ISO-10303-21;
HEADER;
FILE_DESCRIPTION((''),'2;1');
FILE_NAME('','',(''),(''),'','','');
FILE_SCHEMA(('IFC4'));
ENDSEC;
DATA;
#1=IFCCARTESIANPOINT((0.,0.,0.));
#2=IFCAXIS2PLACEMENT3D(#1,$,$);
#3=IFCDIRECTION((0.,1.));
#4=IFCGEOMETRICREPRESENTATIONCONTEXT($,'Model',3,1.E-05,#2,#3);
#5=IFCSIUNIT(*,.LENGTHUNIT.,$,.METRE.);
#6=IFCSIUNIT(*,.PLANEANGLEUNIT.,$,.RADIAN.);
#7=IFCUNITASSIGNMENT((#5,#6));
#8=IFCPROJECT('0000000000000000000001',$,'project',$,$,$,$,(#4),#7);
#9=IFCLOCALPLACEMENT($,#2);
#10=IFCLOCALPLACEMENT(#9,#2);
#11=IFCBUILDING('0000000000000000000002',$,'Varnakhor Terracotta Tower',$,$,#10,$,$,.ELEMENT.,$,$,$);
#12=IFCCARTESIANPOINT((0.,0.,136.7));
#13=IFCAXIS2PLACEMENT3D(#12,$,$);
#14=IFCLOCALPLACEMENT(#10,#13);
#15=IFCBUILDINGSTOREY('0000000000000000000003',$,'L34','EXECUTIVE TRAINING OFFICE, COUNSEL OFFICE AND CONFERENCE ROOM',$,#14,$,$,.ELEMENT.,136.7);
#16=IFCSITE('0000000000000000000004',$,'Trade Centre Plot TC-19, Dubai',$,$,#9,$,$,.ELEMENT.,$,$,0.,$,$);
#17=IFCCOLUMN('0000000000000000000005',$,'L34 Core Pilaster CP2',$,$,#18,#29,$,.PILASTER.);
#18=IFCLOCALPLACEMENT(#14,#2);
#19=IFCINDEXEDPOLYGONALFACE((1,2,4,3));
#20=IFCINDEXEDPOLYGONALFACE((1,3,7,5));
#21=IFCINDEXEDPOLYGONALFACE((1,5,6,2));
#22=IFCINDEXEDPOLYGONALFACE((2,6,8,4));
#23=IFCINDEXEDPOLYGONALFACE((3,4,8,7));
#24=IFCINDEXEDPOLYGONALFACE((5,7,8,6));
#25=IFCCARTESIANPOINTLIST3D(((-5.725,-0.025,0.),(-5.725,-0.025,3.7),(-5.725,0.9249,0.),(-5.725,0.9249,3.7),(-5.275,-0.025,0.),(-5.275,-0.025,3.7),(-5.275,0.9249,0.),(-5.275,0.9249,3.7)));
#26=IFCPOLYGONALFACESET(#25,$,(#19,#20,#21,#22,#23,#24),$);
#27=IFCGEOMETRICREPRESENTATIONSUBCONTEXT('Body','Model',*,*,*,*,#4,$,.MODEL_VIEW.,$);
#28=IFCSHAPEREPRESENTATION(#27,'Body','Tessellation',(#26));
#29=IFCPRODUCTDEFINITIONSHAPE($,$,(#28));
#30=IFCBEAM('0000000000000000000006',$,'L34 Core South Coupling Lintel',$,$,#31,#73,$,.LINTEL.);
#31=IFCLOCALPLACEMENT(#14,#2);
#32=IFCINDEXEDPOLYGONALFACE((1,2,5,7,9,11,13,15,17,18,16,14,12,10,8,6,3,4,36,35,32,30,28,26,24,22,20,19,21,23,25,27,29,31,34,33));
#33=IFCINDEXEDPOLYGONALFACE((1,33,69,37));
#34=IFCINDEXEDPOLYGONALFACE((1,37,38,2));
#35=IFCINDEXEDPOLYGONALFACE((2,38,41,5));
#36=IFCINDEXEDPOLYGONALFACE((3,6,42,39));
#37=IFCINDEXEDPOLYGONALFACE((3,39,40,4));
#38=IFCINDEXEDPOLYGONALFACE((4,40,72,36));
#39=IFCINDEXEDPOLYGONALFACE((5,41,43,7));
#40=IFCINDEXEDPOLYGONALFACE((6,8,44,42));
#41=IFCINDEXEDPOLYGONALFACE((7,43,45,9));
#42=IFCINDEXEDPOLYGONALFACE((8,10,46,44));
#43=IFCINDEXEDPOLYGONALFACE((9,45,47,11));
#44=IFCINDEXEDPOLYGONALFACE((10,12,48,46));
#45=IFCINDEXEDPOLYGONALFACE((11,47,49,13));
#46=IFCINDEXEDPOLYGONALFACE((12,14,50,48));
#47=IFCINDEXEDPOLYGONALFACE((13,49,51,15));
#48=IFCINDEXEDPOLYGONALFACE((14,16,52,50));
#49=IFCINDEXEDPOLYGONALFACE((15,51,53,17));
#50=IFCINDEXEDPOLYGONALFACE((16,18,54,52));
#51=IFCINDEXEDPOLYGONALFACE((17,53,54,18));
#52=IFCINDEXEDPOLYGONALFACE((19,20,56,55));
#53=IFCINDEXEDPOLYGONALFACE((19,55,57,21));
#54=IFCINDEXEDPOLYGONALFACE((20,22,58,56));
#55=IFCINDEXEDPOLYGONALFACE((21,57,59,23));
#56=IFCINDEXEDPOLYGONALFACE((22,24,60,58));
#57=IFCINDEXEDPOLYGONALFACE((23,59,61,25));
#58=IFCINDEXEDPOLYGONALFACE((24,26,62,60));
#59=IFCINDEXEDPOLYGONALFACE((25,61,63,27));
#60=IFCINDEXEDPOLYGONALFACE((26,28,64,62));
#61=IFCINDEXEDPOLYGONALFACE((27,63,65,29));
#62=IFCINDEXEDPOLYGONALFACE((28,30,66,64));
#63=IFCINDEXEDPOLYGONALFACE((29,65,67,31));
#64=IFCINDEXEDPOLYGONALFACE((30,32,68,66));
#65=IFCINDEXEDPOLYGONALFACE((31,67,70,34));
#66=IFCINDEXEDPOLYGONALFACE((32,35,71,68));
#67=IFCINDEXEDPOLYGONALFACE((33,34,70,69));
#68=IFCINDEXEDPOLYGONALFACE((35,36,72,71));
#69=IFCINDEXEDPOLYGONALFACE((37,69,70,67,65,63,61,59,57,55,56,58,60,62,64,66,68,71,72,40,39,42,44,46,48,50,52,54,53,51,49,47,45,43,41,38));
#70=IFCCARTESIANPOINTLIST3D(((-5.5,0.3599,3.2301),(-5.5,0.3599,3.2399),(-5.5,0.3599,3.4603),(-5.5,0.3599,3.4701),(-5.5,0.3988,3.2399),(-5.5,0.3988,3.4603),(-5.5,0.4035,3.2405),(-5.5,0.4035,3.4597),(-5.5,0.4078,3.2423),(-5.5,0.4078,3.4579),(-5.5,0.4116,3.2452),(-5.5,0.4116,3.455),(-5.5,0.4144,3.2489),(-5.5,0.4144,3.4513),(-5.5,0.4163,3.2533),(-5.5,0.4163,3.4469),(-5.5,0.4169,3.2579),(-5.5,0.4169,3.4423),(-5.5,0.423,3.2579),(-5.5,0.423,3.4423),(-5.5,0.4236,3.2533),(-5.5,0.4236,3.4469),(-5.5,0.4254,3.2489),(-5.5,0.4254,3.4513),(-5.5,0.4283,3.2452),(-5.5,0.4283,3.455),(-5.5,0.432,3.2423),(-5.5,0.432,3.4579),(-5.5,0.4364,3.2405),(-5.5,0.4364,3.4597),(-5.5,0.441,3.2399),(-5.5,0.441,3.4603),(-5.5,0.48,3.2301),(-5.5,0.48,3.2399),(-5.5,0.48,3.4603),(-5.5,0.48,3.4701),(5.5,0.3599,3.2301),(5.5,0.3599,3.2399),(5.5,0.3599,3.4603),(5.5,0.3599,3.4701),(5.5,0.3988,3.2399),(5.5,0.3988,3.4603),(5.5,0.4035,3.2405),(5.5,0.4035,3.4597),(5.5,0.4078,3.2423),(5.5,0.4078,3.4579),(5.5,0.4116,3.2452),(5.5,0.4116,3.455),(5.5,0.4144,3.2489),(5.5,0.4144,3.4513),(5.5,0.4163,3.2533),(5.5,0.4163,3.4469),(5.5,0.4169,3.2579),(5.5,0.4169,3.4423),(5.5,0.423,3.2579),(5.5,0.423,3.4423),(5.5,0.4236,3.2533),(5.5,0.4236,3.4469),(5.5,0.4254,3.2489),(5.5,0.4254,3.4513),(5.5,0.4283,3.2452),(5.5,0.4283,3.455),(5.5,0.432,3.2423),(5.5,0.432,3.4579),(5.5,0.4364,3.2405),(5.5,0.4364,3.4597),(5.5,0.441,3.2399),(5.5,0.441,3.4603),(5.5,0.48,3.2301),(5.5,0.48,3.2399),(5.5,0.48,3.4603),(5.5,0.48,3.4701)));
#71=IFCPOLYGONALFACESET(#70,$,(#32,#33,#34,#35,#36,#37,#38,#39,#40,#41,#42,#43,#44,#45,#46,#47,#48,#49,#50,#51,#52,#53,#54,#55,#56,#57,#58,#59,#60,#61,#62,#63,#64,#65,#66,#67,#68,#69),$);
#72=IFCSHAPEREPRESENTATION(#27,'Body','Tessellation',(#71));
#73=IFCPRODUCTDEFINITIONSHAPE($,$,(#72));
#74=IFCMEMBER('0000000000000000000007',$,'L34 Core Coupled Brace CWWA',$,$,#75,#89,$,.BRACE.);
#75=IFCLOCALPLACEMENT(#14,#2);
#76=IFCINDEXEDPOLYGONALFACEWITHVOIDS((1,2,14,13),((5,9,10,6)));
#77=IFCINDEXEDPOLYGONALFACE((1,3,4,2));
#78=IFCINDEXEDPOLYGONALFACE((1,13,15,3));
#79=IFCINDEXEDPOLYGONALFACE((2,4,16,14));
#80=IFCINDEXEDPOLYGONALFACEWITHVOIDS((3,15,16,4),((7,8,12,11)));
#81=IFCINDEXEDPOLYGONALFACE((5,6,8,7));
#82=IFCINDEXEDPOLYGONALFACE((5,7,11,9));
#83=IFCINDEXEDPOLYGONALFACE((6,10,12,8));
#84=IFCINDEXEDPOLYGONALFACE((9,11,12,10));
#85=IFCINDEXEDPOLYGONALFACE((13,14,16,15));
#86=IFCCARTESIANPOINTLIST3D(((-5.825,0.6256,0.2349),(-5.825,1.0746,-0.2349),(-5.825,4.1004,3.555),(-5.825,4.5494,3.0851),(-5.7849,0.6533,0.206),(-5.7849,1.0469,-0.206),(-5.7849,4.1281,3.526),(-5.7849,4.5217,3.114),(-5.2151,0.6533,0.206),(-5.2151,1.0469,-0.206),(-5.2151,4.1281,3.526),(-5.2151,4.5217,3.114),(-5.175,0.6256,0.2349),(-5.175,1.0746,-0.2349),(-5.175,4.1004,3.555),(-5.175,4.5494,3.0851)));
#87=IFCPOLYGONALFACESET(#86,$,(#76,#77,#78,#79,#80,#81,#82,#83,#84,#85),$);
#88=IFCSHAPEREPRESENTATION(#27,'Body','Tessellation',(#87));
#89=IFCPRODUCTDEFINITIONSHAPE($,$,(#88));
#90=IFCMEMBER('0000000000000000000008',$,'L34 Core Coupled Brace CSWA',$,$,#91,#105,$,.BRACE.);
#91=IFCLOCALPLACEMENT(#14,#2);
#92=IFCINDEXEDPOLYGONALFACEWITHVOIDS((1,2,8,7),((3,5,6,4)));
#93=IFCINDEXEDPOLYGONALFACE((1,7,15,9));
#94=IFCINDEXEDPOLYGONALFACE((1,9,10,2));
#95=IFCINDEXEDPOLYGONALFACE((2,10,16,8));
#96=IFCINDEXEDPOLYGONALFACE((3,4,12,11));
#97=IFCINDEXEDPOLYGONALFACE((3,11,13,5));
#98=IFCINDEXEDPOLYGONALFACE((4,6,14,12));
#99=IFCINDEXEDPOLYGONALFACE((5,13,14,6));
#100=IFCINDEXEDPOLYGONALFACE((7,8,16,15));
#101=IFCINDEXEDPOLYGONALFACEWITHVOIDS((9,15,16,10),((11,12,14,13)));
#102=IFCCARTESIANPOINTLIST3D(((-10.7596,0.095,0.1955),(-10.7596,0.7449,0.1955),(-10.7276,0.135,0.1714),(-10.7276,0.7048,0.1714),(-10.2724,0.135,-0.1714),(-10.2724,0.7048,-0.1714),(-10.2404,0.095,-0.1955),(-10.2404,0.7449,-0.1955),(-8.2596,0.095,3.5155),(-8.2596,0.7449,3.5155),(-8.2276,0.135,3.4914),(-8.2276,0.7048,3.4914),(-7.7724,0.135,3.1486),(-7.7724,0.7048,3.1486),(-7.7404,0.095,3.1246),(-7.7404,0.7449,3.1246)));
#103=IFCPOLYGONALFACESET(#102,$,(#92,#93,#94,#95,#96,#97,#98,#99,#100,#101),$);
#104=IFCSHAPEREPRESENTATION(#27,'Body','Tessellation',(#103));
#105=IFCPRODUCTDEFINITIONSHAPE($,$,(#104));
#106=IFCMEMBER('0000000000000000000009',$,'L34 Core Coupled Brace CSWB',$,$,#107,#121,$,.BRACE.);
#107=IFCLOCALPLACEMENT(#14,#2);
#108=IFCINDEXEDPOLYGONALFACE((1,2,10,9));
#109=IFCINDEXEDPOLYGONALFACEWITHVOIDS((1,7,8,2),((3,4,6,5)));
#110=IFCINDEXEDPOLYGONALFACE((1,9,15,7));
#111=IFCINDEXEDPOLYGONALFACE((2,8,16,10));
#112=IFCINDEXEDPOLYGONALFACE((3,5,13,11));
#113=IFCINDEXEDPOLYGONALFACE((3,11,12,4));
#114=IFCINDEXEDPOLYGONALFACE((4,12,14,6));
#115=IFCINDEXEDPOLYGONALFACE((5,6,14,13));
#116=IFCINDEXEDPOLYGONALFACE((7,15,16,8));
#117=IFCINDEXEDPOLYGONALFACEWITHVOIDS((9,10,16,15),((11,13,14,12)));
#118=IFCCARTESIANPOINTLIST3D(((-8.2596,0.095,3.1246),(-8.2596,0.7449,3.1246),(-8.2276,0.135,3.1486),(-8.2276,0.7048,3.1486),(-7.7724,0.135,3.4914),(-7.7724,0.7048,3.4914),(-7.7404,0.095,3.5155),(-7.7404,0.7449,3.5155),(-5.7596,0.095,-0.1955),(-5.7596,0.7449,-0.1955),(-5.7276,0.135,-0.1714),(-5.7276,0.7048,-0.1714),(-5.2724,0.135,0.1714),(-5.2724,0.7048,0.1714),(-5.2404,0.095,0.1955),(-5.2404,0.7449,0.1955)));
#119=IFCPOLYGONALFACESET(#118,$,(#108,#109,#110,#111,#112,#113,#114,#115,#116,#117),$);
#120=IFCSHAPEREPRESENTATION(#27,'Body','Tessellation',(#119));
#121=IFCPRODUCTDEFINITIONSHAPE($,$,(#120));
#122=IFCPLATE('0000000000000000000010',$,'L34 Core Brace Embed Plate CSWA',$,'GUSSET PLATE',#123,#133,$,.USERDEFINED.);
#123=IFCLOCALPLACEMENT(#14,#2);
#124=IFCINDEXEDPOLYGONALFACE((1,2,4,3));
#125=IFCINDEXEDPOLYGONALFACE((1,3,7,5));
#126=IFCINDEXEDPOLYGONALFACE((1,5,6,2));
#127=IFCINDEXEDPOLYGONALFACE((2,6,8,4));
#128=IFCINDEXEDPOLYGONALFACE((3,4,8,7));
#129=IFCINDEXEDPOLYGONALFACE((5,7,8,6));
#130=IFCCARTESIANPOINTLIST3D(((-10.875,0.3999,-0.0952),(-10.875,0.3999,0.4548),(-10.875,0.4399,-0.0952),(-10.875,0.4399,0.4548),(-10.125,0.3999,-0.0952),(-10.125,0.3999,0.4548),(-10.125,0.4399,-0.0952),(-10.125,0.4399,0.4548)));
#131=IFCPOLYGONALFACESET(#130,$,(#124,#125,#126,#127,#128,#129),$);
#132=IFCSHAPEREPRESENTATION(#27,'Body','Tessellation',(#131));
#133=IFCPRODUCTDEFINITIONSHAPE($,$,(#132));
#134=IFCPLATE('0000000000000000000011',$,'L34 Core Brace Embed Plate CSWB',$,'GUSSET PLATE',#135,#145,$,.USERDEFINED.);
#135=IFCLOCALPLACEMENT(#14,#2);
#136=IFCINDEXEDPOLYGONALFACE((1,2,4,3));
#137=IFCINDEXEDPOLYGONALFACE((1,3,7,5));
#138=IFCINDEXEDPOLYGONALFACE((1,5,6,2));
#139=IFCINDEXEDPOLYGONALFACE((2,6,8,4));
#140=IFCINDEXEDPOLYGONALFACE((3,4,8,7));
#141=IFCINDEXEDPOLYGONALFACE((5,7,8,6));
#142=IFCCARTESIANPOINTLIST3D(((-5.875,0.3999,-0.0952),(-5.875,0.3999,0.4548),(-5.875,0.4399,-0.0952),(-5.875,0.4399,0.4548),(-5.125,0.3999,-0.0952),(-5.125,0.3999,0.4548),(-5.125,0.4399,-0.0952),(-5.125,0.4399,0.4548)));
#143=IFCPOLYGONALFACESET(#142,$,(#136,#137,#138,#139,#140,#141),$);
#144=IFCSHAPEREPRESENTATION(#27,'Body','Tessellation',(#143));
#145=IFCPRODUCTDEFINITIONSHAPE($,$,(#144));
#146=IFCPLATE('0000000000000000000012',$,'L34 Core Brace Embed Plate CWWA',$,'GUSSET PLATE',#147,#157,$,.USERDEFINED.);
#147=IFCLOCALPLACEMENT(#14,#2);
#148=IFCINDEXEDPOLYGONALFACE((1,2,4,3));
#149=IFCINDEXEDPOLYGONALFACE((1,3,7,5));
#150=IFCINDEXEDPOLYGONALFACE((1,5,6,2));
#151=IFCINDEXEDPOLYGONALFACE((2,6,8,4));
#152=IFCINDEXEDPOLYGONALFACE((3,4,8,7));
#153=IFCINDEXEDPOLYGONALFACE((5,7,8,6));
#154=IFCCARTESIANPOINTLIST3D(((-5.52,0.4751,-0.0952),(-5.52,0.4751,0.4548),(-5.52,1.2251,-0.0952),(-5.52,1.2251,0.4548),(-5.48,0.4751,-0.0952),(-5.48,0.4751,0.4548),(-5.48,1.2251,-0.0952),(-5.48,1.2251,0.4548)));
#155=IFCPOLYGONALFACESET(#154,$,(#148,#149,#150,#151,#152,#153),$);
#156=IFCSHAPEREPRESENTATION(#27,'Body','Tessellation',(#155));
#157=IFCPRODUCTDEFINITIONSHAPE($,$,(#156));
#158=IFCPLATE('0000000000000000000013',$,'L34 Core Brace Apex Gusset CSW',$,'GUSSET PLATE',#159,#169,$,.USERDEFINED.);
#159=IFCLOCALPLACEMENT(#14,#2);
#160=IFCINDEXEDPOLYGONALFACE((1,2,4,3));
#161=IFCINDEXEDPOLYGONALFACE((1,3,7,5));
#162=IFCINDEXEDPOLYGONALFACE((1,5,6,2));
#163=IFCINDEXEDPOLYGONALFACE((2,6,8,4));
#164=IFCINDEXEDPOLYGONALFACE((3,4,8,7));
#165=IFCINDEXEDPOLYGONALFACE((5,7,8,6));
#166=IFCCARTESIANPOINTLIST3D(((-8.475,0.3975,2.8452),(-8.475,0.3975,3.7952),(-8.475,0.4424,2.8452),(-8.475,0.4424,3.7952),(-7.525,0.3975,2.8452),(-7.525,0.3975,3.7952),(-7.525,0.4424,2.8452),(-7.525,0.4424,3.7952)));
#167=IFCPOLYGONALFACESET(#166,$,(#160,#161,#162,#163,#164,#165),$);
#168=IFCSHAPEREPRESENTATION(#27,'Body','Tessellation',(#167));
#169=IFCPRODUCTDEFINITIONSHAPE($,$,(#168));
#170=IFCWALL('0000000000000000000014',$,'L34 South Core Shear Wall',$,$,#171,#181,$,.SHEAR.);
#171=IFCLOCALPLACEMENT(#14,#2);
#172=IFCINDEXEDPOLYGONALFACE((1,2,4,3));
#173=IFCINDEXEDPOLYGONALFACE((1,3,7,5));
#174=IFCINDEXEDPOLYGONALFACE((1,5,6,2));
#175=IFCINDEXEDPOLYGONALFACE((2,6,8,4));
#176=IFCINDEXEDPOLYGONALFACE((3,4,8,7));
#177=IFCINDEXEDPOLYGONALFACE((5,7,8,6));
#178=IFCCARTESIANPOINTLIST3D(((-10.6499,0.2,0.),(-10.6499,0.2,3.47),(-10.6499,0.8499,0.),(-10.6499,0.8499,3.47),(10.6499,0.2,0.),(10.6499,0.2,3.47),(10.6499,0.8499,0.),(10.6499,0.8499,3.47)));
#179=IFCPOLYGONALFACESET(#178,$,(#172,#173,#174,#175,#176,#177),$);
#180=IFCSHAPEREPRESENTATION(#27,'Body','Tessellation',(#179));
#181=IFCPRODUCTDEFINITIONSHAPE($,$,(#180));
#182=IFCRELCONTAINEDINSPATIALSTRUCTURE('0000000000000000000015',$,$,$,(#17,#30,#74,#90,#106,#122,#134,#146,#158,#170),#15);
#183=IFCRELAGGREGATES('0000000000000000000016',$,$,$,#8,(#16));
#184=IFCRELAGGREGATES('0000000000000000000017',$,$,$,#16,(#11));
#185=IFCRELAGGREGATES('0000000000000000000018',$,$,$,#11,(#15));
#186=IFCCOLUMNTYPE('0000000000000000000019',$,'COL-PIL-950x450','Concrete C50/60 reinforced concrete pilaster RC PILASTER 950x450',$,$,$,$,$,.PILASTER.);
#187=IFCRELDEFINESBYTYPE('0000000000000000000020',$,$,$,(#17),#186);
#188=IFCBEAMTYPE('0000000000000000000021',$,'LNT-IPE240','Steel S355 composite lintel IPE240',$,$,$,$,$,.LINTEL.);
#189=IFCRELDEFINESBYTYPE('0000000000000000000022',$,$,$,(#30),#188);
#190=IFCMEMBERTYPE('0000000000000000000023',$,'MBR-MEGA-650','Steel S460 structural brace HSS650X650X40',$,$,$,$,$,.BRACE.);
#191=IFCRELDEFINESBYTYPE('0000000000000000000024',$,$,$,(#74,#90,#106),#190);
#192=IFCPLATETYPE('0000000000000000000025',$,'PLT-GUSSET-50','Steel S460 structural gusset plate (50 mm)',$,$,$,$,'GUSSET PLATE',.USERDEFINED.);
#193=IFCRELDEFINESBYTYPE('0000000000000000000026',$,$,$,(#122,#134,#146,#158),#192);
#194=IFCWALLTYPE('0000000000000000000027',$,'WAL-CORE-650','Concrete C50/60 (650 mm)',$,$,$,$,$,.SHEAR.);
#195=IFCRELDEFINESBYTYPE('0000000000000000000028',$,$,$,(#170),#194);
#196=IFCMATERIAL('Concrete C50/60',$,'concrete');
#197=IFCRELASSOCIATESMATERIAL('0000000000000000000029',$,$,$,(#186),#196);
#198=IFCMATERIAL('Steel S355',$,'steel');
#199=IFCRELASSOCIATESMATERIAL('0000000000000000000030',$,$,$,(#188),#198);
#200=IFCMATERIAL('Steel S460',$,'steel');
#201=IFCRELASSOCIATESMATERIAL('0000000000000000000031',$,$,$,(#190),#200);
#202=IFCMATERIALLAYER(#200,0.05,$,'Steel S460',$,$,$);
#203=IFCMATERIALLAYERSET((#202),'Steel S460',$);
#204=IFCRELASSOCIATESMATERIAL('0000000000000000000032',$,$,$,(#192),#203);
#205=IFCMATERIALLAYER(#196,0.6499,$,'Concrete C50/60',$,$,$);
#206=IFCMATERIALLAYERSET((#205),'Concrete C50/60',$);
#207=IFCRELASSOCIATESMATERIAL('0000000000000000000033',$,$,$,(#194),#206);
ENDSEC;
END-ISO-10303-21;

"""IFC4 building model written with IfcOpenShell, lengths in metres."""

from ifc_helpers import new_model, si_unit, direction, frame, frame_2d, origin, origin_2d, place, context, subcontext, project, spatial, rectangle, hollow_rectangle, i_section, extrude, source, transform, mapped, material, layer, layer_set, material_profile, profile_set, type_object, type_shapes, element, save


model = new_model("IFC4")

# Units and contexts
model_context = context("Model", 3, precision=1e-05, world=origin(), true_north=direction((0.0, 1.0)))
body_context = subcontext(model_context, "Body", "Model", "MODEL_VIEW")
ifc_project = project(units=[si_unit("LENGTHUNIT", "METRE"), si_unit("PLANEANGLEUNIT", "RADIAN")], contexts=[model_context])

# Site, building, storey
site_placement = place(None, origin())
site = spatial("IfcSite", under=ifc_project, at=site_placement, Name="Trade Centre Plot TC-19, Dubai", CompositionType="ELEMENT", RefElevation=0.0)
building_placement = place(site_placement, origin())
building = spatial("IfcBuilding", under=site, at=building_placement, Name="Varnakhor Terracotta Tower", CompositionType="ELEMENT")
storey_placement = place(building_placement, frame((0.0, 0.0, 136.7)))
storey = spatial("IfcBuildingStorey", under=building, at=storey_placement, Name="L34", Description="EXECUTIVE TRAINING OFFICE, COUNSEL OFFICE AND CONFERENCE ROOM", CompositionType="ELEMENT", Elevation=136.7)

# Column
ifc_material_1 = material(Name="Concrete C50/60", Category="concrete")
ifc_material_profile_1 = material_profile(ifc_material_1, rectangle(XDim=0.45, YDim=0.95, at=origin_2d()), Name="RC PILASTER 950x450")
ifc_profile_set_1 = profile_set([ifc_material_profile_1], Name="Concrete C50/60")
column_type = type_object("IfcColumnType", Name="COL-PIL-950x450", Description="Concrete C50/60 reinforced concrete pilaster RC PILASTER 950x450", PredefinedType="PILASTER", material=ifc_profile_set_1)
shared_shape_1 = source(origin(), body_context, "Body", "SweptSolid", [
    extrude(rectangle(XDim=0.45, YDim=0.95, at=origin_2d()), origin(), (0.0, 0.0, 1.0), 3.7),
])
column_placement = place(storey_placement, frame((-5.5, 0.45, 0.0), z_axis=(0.0, 0.0, 1.0), x_axis=(1.0, 0.0, 0.0)))
element("IfcColumn", 1, at=column_placement, inside=storey, type_object=column_type, Name="L34 Core Pilaster CP2", PredefinedType="PILASTER", context=body_context, shape_type="MappedRepresentation", body=[
    mapped(shared_shape_1, transform((0.0, 0.0, 0.0), scale=1.0)),
])

# Beam
ifc_material_2 = material(Name="Steel S355", Category="steel")
ifc_material_profile_2 = material_profile(ifc_material_2, i_section(OverallWidth=0.1201, OverallDepth=0.24, WebThickness=0.0061, FlangeThickness=0.0098, FilletRadius=0.0181, at=origin_2d()), Name="IPE240")
ifc_profile_set_2 = profile_set([ifc_material_profile_2], Name="Steel S355")
beam_type = type_object("IfcBeamType", Name="LNT-IPE240", Description="Steel S355 composite lintel IPE240", PredefinedType="LINTEL", material=ifc_profile_set_2)
shared_shape_2 = source(origin(), body_context, "Body", "SweptSolid", [
    extrude(i_section(OverallWidth=0.1201, OverallDepth=0.24, WebThickness=0.0061, FlangeThickness=0.0098, FilletRadius=0.0181, at=origin_2d()), origin(), (0.0, 0.0, 1.0), 11.0),
])
type_shapes(beam_type, [shared_shape_2])
beam_placement = place(storey_placement, frame((-5.5, 0.4199, 3.3501), z_axis=(1.0, 0.0, 0.0), x_axis=(0.0, 1.0, 0.0)))
element("IfcBeam", 2, at=beam_placement, inside=storey, type_object=beam_type, Name="L34 Core South Coupling Lintel", PredefinedType="LINTEL", context=body_context, shape_type="MappedRepresentation", body=[
    mapped(shared_shape_2, transform((0.0, 0.0, 0.0), scale=1.0)),
])

# Members
ifc_material_3 = material(Name="Steel S460", Category="steel")
ifc_material_profile_3 = material_profile(ifc_material_3, hollow_rectangle(XDim=0.6499, YDim=0.6499, WallThickness=0.04, at=origin_2d()), Name="HSS650X650X40")
ifc_profile_set_3 = profile_set([ifc_material_profile_3], Name="Steel S460")
member_type = type_object("IfcMemberType", Name="MBR-MEGA-650", Description="Steel S460 structural brace HSS650X650X40", PredefinedType="BRACE", material=ifc_profile_set_3)
shared_shape_3 = source(origin(), body_context, "Body", "SweptSolid", [
    extrude(hollow_rectangle(XDim=0.6499, YDim=0.6499, WallThickness=0.04, at=origin_2d()), origin(), (0.0, 0.0, 1.0), 4.8059),
])
member_placement = place(storey_placement, frame((-5.5, 0.8501, 0.0), z_axis=(0.0, 0.723027, 0.69082), x_axis=(-1.0, 0.0, 0.0)))
element("IfcMember", 3, at=member_placement, inside=storey, type_object=member_type, Name="L34 Core Coupled Brace CWWA", PredefinedType="BRACE", context=body_context, shape_type="MappedRepresentation", body=[
    mapped(shared_shape_3, transform((0.0, 0.0, 0.0), scale=1.0)),
])
shared_shape_4 = source(origin(), body_context, "Body", "SweptSolid", [
    extrude(hollow_rectangle(XDim=0.6499, YDim=0.6499, WallThickness=0.04, at=origin_2d()), origin(), (0.0, 0.0, 1.0), 4.156),
])
for number, where, z_axis, x_axis, name in (
    (4, (-10.5, 0.4199, 0.0), (0.601531, 0.0, 0.79885), (0.0, 1.0, 0.0), "L34 Core Coupled Brace CSWA"),
    (5, (-5.5, 0.4199, 0.0), (-0.601531, 0.0, 0.79885), (0.0, -1.0, 0.0), "L34 Core Coupled Brace CSWB"),
):
    element("IfcMember", number, at=place(storey_placement, frame(where, z_axis=z_axis, x_axis=x_axis)), inside=storey, type_object=member_type, Name=name, PredefinedType="BRACE", context=body_context, shape_type="MappedRepresentation", body=[
        mapped(shared_shape_4, transform((0.0, 0.0, 0.0), scale=1.0)),
    ])

# Plates
ifc_layer_1 = layer(ifc_material_3, 0.05, Name="Steel S460")
ifc_layer_set_1 = layer_set([ifc_layer_1], Name="Steel S460")
plate_type = type_object("IfcPlateType", Name="PLT-GUSSET-50", Description="Steel S460 structural gusset plate (50 mm)", ElementType="GUSSET PLATE", PredefinedType="USERDEFINED", material=ifc_layer_set_1)
shared_shape_5 = source(origin(), body_context, "Body", "SweptSolid", [
    extrude(rectangle(XDim=0.75, YDim=0.04, at=origin_2d()), origin(), (0.0, 0.0, 1.0), 0.55),
])
type_shapes(plate_type, [shared_shape_5])
for number, where, z_axis, x_axis, name in (
    (6, (-10.5, 0.4199, -0.0952), (0.0, 0.0, 1.0), (1.0, 0.0, 0.0), "L34 Core Brace Embed Plate CSWA"),
    (7, (-5.5, 0.4199, -0.0952), (0.0, 0.0, 1.0), (1.0, 0.0, 0.0), "L34 Core Brace Embed Plate CSWB"),
    (8, (-5.5, 0.8501, -0.0952), (0.0, 0.0, 1.0), (0.0, 1.0, 0.0), "L34 Core Brace Embed Plate CWWA"),
):
    element("IfcPlate", number, at=place(storey_placement, frame(where, z_axis=z_axis, x_axis=x_axis)), inside=storey, type_object=plate_type, Name=name, ObjectType="GUSSET PLATE", PredefinedType="USERDEFINED", context=body_context, shape_type="MappedRepresentation", body=[
        mapped(shared_shape_5, transform((0.0, 0.0, 0.0), scale=1.0)),
    ])
shared_shape_6 = source(origin(), body_context, "Body", "SweptSolid", [
    extrude(rectangle(XDim=0.95, YDim=0.0449, at=origin_2d()), origin(), (0.0, 0.0, 1.0), 0.95),
])
plate_placement = place(storey_placement, frame((-8.0, 0.4199, 2.8452), z_axis=(0.0, 0.0, 1.0), x_axis=(1.0, 0.0, 0.0)))
element("IfcPlate", 9, at=plate_placement, inside=storey, type_object=plate_type, Name="L34 Core Brace Apex Gusset CSW", ObjectType="GUSSET PLATE", PredefinedType="USERDEFINED", context=body_context, shape_type="MappedRepresentation", body=[
    mapped(shared_shape_6, transform((0.0, 0.0, 0.0), scale=1.0)),
])

# Wall
ifc_layer_2 = layer(ifc_material_1, 0.6499, Name="Concrete C50/60")
ifc_layer_set_2 = layer_set([ifc_layer_2], Name="Concrete C50/60")
wall_type_1 = type_object("IfcWallType", Name="WAL-CORE-650", Description="Concrete C50/60 (650 mm)", PredefinedType="SHEAR", material=ifc_layer_set_2)
wall_1_placement = place(storey_placement, frame((-10.6499, 0.5249, 0.0), z_axis=(0.0, 0.0, 1.0), x_axis=(1.0, 0.0, 0.0)))
element("IfcWall", 10, at=wall_1_placement, inside=storey, type_object=wall_type_1, Name="L34 South Core Shear Wall", PredefinedType="SHEAR", context=body_context, shape_type="SweptSolid", body=[
    extrude(rectangle(XDim=21.2998, YDim=0.6499, at=frame_2d((10.6499, 0.0))), origin(), (0.0, 0.0, 1.0), 3.47),
])

save(model, "model.ifc")
